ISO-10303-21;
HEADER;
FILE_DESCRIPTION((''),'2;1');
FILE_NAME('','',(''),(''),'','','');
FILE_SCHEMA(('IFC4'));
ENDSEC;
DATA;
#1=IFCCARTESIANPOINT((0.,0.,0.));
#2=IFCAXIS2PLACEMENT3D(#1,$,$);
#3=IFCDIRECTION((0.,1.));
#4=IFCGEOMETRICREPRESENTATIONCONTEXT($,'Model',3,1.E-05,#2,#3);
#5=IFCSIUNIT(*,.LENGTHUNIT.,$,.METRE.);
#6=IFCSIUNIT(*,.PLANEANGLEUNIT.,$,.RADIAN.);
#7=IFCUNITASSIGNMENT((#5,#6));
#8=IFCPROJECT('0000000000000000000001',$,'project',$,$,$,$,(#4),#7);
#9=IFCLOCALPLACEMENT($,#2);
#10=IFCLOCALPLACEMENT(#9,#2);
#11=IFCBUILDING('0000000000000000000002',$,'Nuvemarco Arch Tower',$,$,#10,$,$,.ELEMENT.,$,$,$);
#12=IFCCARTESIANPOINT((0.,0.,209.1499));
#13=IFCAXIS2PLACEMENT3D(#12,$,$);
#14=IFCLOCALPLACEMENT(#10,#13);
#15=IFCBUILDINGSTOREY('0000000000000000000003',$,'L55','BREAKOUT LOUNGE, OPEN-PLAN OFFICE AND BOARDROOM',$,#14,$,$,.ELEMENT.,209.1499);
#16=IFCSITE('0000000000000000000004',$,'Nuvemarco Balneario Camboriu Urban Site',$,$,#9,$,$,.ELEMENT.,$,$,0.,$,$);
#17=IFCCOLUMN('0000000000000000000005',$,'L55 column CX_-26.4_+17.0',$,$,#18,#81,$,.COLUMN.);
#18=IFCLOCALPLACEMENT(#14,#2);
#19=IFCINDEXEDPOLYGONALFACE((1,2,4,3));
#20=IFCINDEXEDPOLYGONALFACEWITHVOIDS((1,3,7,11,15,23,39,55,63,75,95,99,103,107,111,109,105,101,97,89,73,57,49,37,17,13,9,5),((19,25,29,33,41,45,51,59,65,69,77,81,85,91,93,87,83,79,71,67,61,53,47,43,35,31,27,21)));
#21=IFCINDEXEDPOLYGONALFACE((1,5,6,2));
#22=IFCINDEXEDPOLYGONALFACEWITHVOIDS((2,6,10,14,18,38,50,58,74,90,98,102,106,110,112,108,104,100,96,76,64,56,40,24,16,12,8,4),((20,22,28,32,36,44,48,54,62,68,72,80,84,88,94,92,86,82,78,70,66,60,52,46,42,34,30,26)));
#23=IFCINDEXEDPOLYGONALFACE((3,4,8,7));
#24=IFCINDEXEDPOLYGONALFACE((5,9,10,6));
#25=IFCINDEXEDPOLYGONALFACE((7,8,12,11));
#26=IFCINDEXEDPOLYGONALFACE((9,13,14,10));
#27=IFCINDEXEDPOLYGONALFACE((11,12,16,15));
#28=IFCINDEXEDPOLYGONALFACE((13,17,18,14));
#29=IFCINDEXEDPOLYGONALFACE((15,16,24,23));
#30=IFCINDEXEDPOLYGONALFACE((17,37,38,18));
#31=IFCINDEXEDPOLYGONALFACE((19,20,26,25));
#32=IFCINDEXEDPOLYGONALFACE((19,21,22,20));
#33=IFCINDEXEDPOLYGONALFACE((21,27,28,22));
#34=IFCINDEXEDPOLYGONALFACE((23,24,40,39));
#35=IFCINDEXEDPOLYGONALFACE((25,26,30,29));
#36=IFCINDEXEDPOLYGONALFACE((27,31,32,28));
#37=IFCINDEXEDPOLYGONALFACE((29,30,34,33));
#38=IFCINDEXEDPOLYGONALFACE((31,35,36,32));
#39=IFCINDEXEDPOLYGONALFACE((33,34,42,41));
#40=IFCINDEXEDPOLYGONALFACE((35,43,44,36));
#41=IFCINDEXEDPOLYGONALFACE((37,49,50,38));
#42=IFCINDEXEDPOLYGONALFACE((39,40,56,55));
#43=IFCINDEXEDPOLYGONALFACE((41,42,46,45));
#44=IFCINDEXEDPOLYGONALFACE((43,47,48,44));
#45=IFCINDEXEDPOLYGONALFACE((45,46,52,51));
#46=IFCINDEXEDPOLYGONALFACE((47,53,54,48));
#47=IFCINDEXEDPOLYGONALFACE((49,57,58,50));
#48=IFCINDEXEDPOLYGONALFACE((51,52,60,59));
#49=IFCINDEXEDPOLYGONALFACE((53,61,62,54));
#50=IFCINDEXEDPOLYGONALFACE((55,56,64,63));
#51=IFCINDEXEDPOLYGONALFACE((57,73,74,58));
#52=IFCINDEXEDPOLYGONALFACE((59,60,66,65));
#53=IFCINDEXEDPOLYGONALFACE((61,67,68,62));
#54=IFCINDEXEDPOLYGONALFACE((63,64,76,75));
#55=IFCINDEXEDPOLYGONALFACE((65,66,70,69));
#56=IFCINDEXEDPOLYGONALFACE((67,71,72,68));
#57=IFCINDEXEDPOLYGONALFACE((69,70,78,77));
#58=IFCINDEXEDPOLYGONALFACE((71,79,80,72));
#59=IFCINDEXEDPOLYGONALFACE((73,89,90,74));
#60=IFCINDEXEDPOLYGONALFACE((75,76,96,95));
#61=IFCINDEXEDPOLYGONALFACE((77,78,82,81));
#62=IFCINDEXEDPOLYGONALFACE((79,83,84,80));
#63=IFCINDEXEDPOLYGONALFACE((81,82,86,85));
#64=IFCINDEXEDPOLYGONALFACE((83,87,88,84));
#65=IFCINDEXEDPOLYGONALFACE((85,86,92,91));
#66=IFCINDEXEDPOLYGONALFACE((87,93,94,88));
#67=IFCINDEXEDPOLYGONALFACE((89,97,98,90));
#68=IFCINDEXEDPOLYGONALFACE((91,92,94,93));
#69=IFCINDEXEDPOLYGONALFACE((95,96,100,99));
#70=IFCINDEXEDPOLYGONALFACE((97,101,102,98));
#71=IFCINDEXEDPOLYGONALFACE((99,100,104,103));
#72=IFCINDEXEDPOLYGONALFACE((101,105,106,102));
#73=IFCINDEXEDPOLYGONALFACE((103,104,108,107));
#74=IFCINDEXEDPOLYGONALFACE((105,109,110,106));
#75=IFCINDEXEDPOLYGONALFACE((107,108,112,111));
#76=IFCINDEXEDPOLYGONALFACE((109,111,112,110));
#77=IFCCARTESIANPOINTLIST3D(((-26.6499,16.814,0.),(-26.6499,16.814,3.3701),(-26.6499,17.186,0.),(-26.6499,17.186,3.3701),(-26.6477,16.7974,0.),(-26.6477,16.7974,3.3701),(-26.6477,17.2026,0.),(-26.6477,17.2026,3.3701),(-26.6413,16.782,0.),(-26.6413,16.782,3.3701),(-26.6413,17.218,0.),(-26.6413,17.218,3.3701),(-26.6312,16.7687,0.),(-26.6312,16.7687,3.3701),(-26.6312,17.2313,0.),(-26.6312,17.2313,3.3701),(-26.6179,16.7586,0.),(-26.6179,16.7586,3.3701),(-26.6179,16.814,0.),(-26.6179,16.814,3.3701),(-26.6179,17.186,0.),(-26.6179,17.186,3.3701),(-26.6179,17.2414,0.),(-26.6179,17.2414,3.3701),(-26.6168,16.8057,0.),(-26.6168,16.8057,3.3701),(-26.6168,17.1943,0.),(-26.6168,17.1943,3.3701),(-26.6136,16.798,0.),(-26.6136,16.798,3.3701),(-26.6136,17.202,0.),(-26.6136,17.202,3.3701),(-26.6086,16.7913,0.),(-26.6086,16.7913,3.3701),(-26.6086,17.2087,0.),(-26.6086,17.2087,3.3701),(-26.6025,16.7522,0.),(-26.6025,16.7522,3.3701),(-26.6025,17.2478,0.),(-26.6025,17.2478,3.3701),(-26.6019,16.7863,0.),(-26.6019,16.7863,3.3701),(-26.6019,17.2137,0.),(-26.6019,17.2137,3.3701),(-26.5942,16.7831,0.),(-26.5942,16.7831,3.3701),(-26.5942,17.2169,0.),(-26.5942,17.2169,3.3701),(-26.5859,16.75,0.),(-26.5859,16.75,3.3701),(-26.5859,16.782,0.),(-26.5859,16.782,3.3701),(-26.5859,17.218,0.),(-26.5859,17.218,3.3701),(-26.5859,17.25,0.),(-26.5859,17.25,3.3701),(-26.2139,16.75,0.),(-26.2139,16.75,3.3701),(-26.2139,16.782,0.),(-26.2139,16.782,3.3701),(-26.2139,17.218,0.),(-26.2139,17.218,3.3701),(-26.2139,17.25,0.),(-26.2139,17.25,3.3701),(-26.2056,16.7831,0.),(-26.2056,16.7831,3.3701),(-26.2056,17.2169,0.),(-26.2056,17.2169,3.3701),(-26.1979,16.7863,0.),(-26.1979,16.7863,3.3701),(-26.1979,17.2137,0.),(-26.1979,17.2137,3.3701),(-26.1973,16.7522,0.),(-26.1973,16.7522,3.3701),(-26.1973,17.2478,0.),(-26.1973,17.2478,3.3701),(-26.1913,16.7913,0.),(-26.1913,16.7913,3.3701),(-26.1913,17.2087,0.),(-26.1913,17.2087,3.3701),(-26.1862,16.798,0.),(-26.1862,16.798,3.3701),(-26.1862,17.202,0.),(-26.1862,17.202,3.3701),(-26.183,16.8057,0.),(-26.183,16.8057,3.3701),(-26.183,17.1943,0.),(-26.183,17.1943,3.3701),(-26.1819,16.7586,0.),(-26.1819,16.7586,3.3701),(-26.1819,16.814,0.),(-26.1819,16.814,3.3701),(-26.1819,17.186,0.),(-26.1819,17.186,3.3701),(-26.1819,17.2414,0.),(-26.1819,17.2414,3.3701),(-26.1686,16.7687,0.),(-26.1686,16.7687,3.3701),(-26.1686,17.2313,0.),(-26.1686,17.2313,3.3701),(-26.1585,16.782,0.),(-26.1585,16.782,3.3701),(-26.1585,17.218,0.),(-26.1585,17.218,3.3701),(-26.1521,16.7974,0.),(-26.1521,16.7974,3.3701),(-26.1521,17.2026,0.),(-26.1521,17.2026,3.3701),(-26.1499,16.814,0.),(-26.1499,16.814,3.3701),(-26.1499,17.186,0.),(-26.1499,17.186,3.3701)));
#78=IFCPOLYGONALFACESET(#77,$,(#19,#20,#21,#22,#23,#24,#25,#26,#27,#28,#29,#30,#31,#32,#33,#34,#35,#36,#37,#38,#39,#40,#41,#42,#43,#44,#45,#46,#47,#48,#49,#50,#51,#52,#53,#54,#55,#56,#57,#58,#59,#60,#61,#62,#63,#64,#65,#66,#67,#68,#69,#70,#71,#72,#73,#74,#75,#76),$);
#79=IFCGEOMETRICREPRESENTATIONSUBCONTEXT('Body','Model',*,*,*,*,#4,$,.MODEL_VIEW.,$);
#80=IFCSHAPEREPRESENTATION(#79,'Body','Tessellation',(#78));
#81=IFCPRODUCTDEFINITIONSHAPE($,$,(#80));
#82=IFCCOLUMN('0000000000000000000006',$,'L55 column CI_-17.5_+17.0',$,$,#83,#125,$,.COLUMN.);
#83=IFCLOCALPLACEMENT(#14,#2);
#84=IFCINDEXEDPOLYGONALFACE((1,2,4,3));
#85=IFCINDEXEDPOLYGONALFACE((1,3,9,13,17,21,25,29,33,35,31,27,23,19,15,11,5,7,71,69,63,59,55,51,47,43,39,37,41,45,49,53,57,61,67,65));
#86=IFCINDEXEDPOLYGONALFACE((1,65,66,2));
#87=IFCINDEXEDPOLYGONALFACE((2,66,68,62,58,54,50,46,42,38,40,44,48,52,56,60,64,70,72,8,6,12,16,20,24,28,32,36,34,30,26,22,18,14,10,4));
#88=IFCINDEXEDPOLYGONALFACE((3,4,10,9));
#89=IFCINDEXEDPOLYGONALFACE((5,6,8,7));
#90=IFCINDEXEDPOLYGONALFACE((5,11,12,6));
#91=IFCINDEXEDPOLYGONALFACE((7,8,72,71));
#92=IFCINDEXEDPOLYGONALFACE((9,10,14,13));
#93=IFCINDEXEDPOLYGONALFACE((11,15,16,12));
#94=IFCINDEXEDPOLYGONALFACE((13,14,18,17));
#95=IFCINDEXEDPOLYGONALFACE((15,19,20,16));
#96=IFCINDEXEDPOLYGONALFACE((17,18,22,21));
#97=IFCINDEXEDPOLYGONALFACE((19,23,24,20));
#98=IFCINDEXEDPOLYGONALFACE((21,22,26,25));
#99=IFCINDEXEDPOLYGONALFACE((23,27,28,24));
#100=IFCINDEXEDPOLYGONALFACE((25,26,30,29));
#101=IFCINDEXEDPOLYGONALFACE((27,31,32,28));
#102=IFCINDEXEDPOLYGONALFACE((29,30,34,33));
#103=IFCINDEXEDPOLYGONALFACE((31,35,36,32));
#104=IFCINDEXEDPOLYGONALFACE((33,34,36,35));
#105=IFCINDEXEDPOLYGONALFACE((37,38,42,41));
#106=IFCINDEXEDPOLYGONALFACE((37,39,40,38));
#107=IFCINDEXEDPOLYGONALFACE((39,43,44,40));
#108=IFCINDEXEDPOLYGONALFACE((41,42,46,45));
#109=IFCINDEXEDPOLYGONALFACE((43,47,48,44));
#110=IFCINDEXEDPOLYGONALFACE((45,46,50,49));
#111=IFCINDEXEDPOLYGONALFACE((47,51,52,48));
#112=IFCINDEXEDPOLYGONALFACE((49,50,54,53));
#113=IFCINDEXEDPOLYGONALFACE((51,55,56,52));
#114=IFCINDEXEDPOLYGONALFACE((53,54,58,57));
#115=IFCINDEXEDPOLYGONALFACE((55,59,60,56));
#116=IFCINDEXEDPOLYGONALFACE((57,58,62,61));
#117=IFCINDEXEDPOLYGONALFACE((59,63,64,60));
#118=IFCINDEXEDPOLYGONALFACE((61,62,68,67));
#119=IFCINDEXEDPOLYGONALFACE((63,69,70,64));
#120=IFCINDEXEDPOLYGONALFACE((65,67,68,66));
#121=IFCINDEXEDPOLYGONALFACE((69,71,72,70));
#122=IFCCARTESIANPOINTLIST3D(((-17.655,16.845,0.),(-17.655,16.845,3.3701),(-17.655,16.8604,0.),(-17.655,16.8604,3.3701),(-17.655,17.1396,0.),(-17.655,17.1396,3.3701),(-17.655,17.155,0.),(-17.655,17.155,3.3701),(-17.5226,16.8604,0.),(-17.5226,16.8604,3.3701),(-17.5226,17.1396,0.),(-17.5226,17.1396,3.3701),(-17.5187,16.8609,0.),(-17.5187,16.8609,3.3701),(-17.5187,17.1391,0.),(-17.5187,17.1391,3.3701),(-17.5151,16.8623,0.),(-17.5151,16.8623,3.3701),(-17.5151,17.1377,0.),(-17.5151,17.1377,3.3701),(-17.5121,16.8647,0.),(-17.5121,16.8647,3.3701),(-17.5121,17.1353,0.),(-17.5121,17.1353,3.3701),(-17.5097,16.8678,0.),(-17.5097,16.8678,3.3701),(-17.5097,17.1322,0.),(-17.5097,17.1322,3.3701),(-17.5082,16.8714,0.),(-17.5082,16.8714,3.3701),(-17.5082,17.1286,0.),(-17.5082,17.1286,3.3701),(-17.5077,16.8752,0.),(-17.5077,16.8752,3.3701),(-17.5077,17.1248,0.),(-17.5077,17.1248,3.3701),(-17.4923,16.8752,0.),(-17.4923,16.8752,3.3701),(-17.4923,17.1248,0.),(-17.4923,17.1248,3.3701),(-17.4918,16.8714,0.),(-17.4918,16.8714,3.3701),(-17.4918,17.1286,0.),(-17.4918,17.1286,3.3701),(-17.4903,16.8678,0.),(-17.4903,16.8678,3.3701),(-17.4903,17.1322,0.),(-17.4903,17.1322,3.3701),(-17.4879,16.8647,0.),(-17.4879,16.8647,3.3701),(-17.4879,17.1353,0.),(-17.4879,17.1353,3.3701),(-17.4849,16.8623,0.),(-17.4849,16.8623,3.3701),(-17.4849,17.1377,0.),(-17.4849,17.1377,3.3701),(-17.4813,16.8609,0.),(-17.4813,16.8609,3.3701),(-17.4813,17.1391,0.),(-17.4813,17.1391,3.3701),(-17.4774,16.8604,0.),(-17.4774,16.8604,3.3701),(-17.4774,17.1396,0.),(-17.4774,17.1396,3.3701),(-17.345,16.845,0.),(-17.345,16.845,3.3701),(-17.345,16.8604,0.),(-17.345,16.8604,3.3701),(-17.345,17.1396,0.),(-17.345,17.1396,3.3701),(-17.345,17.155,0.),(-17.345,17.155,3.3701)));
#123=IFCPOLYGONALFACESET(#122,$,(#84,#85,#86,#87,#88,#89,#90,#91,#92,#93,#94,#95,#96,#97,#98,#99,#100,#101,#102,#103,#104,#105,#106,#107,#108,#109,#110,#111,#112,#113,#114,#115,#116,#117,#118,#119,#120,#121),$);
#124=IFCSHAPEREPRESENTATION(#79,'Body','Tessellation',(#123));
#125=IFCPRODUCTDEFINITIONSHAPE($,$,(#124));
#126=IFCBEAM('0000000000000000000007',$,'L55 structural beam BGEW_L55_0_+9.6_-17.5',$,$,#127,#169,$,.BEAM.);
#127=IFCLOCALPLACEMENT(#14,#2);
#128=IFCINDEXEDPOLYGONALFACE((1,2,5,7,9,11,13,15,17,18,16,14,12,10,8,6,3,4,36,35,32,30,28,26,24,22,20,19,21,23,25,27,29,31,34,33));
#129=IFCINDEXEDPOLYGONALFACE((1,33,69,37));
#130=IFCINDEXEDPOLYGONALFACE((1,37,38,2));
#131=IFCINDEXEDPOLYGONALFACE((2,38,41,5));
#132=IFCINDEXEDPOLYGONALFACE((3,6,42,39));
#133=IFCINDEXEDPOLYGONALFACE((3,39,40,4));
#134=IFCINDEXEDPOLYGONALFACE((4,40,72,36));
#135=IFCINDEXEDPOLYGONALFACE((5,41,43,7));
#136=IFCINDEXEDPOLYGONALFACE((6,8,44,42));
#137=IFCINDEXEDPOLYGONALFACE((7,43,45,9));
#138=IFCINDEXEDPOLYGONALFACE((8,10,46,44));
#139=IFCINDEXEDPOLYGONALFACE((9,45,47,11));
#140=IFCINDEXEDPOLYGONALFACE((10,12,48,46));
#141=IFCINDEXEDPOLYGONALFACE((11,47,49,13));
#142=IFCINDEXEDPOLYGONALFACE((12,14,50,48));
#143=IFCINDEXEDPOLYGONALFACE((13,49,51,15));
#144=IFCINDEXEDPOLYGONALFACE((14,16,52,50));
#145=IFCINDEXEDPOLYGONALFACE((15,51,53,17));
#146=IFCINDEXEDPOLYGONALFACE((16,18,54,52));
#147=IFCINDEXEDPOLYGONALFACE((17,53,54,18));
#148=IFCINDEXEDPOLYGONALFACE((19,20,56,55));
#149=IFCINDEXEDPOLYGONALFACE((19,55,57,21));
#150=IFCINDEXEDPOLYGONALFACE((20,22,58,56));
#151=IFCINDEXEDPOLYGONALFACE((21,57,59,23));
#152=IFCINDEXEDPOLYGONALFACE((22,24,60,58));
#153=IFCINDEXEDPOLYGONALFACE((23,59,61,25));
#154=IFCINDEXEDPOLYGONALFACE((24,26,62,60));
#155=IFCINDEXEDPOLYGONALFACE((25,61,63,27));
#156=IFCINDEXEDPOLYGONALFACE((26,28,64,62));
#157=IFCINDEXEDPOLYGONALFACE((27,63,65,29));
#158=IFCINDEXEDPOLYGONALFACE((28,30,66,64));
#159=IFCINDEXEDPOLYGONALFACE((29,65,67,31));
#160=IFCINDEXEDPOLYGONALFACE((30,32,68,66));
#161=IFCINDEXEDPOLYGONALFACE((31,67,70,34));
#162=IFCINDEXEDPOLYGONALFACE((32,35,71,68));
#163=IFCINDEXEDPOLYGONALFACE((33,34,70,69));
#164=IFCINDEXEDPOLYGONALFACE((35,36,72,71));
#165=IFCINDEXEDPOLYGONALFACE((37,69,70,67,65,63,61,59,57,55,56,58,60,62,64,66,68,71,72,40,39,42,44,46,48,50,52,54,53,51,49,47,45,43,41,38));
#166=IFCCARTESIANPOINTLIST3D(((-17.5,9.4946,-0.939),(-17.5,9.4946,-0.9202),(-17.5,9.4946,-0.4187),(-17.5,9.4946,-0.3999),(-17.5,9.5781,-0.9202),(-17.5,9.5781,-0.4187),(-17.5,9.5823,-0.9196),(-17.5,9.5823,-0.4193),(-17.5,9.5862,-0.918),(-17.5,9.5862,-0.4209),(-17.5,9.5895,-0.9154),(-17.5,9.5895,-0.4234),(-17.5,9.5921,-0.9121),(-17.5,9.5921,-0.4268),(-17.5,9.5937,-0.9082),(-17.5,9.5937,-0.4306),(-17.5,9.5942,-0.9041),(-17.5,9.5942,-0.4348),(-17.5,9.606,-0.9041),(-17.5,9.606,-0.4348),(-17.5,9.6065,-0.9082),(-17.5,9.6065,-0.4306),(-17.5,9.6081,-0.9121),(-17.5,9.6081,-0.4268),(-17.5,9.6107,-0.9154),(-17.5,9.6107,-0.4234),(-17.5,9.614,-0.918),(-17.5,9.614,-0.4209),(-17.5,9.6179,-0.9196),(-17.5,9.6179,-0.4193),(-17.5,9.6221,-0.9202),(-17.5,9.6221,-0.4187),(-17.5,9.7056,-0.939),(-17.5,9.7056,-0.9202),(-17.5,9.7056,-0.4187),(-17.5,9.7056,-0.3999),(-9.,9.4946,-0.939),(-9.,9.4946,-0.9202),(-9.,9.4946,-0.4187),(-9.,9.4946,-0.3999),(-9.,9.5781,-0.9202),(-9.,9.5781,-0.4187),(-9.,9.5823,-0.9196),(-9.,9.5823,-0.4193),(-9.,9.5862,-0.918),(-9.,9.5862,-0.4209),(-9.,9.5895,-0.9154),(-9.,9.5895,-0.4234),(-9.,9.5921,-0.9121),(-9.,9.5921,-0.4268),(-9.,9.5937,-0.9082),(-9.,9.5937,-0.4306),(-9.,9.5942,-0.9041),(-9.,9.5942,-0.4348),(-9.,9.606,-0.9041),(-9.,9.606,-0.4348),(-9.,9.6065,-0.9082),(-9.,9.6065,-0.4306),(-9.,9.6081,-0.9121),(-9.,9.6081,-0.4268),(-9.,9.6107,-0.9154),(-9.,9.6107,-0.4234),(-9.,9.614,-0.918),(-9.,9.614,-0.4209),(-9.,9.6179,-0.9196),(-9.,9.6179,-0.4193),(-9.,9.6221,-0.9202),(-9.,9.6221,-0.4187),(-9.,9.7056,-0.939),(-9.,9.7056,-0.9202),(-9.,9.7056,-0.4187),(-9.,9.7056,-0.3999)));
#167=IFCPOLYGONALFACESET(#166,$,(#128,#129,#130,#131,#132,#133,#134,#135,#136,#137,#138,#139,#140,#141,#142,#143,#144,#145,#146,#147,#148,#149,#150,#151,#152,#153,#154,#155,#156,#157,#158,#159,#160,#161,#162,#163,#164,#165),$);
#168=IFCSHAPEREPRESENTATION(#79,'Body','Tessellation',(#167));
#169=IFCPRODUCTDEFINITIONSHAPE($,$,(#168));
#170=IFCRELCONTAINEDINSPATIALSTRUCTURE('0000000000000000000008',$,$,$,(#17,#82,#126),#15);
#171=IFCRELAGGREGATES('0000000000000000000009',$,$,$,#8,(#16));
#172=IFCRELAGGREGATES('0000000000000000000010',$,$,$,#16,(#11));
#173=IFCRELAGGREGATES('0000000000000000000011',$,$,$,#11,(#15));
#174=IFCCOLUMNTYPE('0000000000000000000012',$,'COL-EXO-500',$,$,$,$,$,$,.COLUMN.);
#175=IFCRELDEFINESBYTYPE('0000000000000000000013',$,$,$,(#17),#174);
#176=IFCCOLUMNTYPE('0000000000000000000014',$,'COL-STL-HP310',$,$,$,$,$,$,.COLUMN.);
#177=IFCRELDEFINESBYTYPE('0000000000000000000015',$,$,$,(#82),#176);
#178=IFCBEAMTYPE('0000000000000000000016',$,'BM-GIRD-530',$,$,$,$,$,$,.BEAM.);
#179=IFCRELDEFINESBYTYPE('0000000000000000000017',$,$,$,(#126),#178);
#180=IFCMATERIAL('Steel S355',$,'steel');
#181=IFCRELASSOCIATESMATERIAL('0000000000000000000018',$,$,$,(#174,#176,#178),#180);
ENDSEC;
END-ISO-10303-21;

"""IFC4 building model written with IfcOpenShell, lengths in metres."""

from ifc_helpers import new_model, si_unit, direction, frame, origin, origin_2d, place, context, subcontext, project, spatial, hollow_rectangle, i_section, extrude, material, material_profile, profile_set, type_object, element, save


model = new_model("IFC4")

# Units and contexts
model_context = context("Model", 3, precision=1e-05, world=origin(), true_north=direction((0.0, 1.0)))
body_context = subcontext(model_context, "Body", "Model", "MODEL_VIEW")
ifc_project = project(units=[si_unit("LENGTHUNIT", "METRE"), si_unit("PLANEANGLEUNIT", "RADIAN")], contexts=[model_context])

# Site, building, storey
site_placement = place(None, origin())
site = spatial("IfcSite", under=ifc_project, at=site_placement, Name="Nuvemarco Balneario Camboriu Urban Site", CompositionType="ELEMENT", RefElevation=0.0)
building_placement = place(site_placement, origin())
building = spatial("IfcBuilding", under=site, at=building_placement, Name="Nuvemarco Arch Tower", CompositionType="ELEMENT")
storey_placement = place(building_placement, frame((0.0, 0.0, 209.1499)))
storey = spatial("IfcBuildingStorey", under=building, at=storey_placement, Name="L55", Description="BREAKOUT LOUNGE, OPEN-PLAN OFFICE AND BOARDROOM", CompositionType="ELEMENT", Elevation=209.1499)

# Columns
ifc_material_1 = material(Name="Steel S355", Category="steel")
ifc_material_profile_1 = material_profile(ifc_material_1, hollow_rectangle(XDim=0.5, YDim=0.5, WallThickness=0.032, InnerFilletRadius=0.032, OuterFilletRadius=0.064, at=origin_2d()), Name="SHS500x500x32")
ifc_profile_set_1 = profile_set([ifc_material_profile_1], Name="Steel S355")
column_type_1 = type_object("IfcColumnType", Name="COL-EXO-500", PredefinedType="COLUMN", material=ifc_profile_set_1)
column_1_placement = place(storey_placement, frame((-26.3999, 17.0, 0.0), z_axis=(0.0, 0.0, 1.0), x_axis=(1.0, 0.0, 0.0)))
element("IfcColumn", 1, at=column_1_placement, inside=storey, type_object=column_type_1, Name="L55 column CX_-26.4_+17.0", PredefinedType="COLUMN", context=body_context, shape_type="SweptSolid", body=[
    extrude(hollow_rectangle(XDim=0.5, YDim=0.5, WallThickness=0.032, InnerFilletRadius=0.032, OuterFilletRadius=0.064, at=origin_2d()), origin(), (0.0, 0.0, 1.0), 3.3701),
])
ifc_material_profile_2 = material_profile(ifc_material_1, i_section(OverallWidth=0.3101, OverallDepth=0.3101, WebThickness=0.0154, FlangeThickness=0.0154, FilletRadius=0.0149, at=origin_2d()), Name="HP310x110")
ifc_profile_set_2 = profile_set([ifc_material_profile_2], Name="Steel S355")
column_type_2 = type_object("IfcColumnType", Name="COL-STL-HP310", PredefinedType="COLUMN", material=ifc_profile_set_2)
column_2_placement = place(storey_placement, frame((-17.5, 17.0, 0.0), z_axis=(0.0, 0.0, 1.0), x_axis=(1.0, 0.0, 0.0)))
element("IfcColumn", 2, at=column_2_placement, inside=storey, type_object=column_type_2, Name="L55 column CI_-17.5_+17.0", PredefinedType="COLUMN", context=body_context, shape_type="SweptSolid", body=[
    extrude(i_section(OverallWidth=0.3101, OverallDepth=0.3101, WebThickness=0.0154, FlangeThickness=0.0154, FilletRadius=0.0149, at=origin_2d()), origin(), (0.0, 0.0, 1.0), 3.3701),
])

# Beam
ifc_material_profile_3 = material_profile(ifc_material_1, i_section(OverallWidth=0.2109, OverallDepth=0.5391, WebThickness=0.0117, FlangeThickness=0.0188, FilletRadius=0.0161, at=origin_2d()), Name="W530x109")
ifc_profile_set_3 = profile_set([ifc_material_profile_3], Name="Steel S355")
beam_type_1 = type_object("IfcBeamType", Name="BM-GIRD-530", PredefinedType="BEAM", material=ifc_profile_set_3)
beam_1_placement = place(storey_placement, frame((-17.5, 9.6001, -0.6694), z_axis=(1.0, 0.0, 0.0), x_axis=(0.0, 1.0, 0.0)))
element("IfcBeam", 3, at=beam_1_placement, inside=storey, type_object=beam_type_1, Name="L55 structural beam BGEW_L55_0_+9.6_-17.5", PredefinedType="BEAM", context=body_context, shape_type="SweptSolid", body=[
    extrude(i_section(OverallWidth=0.2109, OverallDepth=0.5391, WebThickness=0.0117, FlangeThickness=0.0188, FilletRadius=0.0161, at=origin_2d()), origin(), (0.0, 0.0, 1.0), 8.5),
])

save(model, "model.ifc")
